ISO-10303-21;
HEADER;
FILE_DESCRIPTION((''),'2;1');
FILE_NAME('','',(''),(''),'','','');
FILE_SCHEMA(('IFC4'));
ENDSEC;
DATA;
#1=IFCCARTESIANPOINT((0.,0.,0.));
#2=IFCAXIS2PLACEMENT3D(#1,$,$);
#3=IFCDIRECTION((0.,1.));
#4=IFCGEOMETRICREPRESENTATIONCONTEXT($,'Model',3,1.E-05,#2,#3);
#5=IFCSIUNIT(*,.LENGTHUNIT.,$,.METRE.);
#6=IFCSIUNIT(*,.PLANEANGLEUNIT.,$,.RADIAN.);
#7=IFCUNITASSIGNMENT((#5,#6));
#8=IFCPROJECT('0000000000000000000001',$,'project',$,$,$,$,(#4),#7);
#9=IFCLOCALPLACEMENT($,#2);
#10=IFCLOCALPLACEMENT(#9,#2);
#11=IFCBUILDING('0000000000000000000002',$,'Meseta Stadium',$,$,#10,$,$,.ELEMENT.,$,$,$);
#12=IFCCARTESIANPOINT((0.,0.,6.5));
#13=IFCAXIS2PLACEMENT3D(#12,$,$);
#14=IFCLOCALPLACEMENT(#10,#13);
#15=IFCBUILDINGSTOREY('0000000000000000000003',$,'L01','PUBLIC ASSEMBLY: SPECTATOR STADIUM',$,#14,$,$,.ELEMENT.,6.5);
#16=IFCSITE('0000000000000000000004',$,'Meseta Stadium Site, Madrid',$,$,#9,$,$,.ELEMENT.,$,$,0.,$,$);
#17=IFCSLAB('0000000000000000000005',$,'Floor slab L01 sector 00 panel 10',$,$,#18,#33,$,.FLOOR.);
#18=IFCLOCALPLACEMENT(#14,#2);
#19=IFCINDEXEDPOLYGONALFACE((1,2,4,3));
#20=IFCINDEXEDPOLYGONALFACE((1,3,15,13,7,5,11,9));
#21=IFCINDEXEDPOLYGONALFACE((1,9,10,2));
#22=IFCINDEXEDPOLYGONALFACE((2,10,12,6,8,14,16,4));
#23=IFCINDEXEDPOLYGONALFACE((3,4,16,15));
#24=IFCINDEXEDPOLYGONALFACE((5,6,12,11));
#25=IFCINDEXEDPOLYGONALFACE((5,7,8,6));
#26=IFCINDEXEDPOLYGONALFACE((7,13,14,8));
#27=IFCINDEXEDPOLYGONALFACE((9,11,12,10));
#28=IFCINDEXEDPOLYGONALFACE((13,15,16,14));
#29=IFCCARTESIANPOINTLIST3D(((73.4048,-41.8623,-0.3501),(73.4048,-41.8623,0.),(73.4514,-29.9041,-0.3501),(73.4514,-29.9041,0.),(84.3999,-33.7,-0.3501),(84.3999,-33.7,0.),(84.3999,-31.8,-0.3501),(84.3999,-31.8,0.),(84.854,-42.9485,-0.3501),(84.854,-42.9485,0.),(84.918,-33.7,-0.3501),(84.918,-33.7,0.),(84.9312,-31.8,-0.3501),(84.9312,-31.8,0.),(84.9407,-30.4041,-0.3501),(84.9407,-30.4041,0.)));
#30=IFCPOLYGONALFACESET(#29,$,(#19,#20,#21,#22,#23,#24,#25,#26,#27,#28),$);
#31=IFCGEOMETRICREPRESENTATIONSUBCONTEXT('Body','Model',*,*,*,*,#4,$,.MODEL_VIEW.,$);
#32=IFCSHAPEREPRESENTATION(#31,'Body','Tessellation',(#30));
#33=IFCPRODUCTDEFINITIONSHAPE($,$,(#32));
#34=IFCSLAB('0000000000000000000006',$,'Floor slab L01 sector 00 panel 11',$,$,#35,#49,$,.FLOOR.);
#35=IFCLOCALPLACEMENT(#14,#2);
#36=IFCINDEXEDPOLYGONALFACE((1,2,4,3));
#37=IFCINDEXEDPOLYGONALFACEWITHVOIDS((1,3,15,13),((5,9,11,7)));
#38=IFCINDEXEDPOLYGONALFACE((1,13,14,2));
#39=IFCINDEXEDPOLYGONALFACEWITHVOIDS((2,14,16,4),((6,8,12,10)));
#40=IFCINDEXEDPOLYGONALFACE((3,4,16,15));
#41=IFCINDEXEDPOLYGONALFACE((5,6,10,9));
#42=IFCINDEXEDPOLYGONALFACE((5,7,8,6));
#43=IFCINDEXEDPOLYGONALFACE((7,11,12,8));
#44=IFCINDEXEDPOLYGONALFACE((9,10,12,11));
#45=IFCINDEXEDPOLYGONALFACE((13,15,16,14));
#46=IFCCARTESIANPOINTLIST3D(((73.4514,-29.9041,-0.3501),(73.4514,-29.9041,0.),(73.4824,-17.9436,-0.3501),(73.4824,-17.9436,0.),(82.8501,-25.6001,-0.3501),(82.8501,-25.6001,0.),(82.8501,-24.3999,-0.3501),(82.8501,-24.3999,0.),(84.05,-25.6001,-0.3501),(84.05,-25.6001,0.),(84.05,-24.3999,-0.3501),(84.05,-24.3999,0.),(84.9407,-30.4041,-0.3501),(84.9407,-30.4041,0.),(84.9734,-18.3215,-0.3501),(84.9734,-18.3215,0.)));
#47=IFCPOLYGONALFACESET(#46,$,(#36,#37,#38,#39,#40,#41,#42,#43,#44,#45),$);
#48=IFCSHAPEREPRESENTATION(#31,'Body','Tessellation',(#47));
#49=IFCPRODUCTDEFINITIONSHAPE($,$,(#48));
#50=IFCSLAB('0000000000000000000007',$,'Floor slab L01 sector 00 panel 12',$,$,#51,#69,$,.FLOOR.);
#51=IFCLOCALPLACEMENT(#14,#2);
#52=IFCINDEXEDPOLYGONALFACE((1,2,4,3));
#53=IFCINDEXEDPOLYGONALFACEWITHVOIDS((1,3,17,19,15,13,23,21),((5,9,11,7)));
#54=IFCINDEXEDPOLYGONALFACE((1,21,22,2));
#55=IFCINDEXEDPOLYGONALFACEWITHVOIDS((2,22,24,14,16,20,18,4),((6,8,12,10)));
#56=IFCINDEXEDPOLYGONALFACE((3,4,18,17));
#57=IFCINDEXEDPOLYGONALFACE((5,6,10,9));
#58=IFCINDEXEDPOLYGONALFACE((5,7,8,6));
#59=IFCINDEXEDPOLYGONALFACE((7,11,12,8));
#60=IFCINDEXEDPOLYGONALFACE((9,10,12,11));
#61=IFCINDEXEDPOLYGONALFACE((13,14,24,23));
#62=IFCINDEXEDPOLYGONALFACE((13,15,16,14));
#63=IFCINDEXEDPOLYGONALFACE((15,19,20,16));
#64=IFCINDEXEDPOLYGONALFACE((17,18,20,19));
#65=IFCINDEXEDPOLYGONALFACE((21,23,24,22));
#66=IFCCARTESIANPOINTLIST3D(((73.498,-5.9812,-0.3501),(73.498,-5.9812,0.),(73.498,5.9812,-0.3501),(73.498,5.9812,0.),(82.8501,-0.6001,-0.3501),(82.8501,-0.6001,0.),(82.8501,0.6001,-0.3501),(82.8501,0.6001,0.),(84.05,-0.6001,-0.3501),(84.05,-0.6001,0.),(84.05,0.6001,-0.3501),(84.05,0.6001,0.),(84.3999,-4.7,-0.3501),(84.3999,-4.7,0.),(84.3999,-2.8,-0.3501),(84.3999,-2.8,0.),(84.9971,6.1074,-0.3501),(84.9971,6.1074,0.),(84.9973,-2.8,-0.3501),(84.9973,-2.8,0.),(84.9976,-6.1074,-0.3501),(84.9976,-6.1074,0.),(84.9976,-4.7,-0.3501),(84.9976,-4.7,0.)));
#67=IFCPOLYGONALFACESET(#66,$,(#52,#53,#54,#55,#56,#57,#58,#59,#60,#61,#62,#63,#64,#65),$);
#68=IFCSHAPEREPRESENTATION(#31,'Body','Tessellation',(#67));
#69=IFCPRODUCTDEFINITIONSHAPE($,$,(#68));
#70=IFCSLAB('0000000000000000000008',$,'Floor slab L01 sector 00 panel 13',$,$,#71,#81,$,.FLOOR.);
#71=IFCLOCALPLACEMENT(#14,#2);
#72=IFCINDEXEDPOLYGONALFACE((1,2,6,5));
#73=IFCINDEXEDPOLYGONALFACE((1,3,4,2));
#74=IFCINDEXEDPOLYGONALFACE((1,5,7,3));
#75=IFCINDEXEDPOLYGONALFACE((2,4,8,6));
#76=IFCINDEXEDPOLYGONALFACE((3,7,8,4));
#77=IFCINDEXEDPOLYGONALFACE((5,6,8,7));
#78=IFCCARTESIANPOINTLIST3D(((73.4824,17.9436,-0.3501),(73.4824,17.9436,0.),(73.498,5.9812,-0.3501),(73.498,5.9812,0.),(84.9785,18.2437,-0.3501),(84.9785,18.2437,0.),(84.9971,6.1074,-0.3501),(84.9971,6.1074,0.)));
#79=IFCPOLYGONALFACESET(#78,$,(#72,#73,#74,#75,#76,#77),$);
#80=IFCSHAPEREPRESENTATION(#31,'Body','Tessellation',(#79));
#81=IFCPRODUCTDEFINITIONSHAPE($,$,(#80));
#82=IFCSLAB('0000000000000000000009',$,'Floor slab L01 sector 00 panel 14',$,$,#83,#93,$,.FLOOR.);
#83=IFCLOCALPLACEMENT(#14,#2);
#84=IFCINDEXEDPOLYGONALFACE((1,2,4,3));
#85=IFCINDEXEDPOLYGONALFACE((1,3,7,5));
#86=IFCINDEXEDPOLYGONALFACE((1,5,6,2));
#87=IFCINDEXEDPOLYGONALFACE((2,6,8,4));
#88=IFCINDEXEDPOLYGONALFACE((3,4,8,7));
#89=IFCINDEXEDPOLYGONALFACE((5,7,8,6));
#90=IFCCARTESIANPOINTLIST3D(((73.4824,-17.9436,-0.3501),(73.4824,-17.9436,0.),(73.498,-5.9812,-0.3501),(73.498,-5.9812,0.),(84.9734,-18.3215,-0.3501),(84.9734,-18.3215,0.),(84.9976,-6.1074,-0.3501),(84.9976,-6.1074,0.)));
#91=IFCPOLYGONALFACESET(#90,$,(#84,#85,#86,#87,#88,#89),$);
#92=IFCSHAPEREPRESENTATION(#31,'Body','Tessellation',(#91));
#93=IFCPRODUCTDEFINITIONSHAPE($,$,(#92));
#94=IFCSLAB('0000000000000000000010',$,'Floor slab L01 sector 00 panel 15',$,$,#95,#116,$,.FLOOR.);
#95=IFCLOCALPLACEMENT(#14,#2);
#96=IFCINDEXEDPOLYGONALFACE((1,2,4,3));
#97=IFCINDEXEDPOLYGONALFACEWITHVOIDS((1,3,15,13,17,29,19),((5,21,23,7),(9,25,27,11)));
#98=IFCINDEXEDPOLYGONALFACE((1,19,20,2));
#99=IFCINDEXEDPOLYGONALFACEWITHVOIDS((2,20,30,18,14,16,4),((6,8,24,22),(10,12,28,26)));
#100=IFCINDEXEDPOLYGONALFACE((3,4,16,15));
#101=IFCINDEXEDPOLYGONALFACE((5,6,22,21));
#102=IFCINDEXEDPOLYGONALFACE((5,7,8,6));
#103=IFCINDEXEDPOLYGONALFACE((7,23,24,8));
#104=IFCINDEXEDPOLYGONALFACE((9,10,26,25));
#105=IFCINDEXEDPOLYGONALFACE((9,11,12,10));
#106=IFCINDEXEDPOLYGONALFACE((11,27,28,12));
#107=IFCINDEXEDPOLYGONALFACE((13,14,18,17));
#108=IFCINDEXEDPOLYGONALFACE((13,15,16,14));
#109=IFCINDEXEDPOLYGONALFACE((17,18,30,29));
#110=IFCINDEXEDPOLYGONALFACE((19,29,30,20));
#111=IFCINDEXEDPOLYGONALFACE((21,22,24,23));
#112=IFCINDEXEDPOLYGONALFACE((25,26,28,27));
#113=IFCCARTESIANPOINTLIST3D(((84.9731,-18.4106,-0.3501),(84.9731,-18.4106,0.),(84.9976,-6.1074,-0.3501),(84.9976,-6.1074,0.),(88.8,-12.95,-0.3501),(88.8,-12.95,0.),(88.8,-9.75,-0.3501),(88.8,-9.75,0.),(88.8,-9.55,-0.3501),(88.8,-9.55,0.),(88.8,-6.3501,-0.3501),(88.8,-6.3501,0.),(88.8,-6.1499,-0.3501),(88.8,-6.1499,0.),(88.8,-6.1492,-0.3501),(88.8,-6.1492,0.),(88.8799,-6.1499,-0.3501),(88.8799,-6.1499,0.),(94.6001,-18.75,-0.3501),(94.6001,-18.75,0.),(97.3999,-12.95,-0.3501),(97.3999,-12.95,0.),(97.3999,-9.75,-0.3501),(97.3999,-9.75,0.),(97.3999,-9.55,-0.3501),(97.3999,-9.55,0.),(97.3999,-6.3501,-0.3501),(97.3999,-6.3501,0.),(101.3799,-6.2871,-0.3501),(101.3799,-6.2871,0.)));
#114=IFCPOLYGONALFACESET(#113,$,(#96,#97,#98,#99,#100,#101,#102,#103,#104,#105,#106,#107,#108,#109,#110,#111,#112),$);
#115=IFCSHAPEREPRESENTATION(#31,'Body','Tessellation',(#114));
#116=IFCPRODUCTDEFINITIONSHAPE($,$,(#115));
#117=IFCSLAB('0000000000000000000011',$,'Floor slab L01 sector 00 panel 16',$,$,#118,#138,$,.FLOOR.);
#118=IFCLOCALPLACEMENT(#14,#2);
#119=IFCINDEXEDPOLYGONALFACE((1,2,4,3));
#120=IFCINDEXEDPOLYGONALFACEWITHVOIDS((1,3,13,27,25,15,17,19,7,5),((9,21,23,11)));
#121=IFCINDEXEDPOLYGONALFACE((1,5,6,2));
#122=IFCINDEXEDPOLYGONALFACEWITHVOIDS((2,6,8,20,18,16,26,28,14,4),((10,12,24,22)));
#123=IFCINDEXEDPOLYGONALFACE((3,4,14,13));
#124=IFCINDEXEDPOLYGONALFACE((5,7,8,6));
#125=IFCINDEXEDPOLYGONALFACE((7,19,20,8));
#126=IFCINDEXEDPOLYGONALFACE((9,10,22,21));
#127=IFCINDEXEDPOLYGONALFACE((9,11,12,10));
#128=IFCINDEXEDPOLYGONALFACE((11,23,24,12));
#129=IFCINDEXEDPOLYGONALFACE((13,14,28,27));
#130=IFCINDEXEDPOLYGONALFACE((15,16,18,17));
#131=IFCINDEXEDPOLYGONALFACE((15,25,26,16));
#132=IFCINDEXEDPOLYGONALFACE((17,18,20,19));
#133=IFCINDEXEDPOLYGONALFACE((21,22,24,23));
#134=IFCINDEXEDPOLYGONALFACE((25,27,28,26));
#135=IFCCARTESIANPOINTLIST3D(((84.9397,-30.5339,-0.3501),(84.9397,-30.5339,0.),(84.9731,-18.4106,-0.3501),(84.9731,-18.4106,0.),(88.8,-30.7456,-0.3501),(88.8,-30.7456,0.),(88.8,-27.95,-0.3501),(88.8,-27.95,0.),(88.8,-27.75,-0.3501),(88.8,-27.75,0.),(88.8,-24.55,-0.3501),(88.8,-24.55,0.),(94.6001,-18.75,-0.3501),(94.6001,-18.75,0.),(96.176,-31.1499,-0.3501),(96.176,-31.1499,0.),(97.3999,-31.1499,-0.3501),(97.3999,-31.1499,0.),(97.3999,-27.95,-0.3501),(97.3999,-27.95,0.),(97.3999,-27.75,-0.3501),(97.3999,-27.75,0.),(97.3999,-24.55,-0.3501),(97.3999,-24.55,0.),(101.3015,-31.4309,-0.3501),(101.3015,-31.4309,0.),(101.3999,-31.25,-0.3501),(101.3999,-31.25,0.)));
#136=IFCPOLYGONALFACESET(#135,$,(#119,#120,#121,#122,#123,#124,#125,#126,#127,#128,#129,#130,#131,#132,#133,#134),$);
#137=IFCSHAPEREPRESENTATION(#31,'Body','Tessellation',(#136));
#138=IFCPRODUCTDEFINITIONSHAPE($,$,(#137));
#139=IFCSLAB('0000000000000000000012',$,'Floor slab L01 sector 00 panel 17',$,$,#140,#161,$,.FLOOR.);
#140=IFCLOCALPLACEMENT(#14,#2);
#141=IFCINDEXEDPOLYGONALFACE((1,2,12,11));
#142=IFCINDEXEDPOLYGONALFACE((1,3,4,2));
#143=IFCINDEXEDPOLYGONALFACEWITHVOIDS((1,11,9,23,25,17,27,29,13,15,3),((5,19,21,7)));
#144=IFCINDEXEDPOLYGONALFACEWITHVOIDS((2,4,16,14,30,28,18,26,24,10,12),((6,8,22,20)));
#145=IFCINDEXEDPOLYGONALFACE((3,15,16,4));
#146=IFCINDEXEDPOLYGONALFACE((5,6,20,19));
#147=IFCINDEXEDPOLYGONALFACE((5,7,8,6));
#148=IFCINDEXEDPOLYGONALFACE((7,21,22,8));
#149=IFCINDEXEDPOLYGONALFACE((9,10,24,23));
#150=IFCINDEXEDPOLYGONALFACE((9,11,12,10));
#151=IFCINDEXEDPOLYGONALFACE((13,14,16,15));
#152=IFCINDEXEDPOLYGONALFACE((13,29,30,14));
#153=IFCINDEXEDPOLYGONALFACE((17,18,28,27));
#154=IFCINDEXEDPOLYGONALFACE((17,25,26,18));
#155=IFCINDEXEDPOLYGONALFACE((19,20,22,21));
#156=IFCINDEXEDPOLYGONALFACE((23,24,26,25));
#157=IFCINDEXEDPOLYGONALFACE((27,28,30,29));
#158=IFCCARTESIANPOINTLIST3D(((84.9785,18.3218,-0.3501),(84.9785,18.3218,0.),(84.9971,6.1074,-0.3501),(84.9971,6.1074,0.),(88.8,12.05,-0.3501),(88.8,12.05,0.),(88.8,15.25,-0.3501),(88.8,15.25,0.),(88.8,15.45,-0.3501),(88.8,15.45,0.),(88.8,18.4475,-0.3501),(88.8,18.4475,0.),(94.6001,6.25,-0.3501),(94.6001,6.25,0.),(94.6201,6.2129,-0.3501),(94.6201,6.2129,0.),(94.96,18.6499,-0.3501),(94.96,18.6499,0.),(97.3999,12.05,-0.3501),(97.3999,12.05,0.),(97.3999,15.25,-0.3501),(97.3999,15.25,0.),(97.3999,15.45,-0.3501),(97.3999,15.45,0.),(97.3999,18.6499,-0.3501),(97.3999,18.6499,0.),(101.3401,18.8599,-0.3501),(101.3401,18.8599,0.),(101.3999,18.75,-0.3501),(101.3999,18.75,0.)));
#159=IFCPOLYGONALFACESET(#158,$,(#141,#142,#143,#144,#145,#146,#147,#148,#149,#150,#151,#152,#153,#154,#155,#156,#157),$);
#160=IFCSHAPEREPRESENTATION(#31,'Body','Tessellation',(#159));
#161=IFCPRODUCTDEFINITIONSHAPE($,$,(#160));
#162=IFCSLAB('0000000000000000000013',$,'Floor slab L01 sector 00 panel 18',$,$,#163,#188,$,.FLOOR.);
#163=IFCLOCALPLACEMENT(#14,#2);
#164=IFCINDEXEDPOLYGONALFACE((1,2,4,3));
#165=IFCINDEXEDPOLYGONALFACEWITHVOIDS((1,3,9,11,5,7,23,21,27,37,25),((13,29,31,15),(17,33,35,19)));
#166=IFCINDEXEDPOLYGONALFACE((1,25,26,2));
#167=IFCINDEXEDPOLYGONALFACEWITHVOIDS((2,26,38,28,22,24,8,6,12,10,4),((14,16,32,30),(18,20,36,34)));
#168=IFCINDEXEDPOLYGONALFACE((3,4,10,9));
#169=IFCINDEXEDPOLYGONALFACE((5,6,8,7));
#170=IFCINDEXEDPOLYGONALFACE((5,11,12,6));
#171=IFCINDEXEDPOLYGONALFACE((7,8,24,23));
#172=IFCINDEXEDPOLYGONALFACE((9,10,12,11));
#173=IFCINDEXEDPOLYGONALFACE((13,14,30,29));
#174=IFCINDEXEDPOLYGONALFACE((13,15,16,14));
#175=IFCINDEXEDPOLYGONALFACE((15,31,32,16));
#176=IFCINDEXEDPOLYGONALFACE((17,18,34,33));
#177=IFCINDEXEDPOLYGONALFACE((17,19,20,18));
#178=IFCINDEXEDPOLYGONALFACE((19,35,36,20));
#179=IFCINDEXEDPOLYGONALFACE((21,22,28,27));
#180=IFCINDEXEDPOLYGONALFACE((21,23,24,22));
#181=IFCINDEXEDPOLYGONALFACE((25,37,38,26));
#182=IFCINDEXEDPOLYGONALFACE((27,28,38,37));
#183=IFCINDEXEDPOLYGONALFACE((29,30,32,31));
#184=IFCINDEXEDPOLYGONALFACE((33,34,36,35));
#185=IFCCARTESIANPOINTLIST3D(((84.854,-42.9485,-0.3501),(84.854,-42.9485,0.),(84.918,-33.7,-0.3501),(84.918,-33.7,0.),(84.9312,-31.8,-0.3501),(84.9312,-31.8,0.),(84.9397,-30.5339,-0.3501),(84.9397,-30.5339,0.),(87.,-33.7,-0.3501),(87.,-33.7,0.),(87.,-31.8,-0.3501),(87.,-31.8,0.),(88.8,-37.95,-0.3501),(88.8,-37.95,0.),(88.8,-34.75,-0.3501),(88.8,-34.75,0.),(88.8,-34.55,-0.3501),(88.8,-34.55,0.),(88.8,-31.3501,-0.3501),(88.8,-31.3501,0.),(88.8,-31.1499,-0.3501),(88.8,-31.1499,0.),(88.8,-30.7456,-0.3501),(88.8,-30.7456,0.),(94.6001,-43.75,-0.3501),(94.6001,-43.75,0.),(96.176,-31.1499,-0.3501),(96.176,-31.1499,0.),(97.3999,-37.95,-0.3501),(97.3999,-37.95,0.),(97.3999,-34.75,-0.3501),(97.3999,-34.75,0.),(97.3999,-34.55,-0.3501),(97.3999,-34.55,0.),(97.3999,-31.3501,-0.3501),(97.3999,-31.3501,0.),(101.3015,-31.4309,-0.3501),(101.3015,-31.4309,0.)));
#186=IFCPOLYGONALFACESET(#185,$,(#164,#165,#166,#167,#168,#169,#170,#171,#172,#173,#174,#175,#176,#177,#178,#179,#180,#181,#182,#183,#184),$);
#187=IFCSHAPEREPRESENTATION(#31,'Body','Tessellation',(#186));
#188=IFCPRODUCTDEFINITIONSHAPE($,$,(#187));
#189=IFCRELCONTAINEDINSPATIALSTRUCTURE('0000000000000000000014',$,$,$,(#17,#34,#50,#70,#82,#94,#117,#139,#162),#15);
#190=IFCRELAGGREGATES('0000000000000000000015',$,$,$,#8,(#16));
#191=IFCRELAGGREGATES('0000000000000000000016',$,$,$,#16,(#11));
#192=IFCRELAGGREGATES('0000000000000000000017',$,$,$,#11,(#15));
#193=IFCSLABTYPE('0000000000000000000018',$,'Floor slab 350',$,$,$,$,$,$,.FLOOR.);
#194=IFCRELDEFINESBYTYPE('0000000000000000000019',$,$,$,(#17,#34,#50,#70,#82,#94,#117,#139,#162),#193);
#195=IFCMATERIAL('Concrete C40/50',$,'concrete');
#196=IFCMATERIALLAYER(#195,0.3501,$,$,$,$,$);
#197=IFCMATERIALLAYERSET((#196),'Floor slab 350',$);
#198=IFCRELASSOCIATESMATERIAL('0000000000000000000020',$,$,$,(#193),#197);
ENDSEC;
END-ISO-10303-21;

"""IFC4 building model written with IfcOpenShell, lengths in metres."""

from ifc_helpers import new_model, si_unit, direction, frame, origin, place, context, subcontext, project, spatial, polyline, outline, extrude, material, layer, layer_set, type_object, element, save


model = new_model("IFC4")

# Units and contexts
model_context = context("Model", 3, precision=1e-05, world=origin(), true_north=direction((0.0, 1.0)))
body_context = subcontext(model_context, "Body", "Model", "MODEL_VIEW")
ifc_project = project(units=[si_unit("LENGTHUNIT", "METRE"), si_unit("PLANEANGLEUNIT", "RADIAN")], contexts=[model_context])

# Site, building, storey
site_placement = place(None, origin())
site = spatial("IfcSite", under=ifc_project, at=site_placement, Name="Meseta Stadium Site, Madrid", CompositionType="ELEMENT", RefElevation=0.0)
building_placement = place(site_placement, origin())
building = spatial("IfcBuilding", under=site, at=building_placement, Name="Meseta Stadium", CompositionType="ELEMENT")
storey_placement = place(building_placement, frame((0.0, 0.0, 6.5)))
storey = spatial("IfcBuildingStorey", under=building, at=storey_placement, Name="L01", Description="PUBLIC ASSEMBLY: SPECTATOR STADIUM", CompositionType="ELEMENT", Elevation=6.5)

# Slabs
ifc_material = material(Name="Concrete C40/50", Category="concrete")
ifc_layer = layer(ifc_material, 0.3501)
ifc_layer_set = layer_set([ifc_layer], Name="Floor slab 350")
slab_type = type_object("IfcSlabType", Name="Floor slab 350", PredefinedType="FLOOR", material=ifc_layer_set)
slab_1_placement = place(storey_placement, frame((0.0, 0.0, -0.3501)))
element("IfcSlab", 1, at=slab_1_placement, inside=storey, type_object=slab_type, Name="Floor slab L01 sector 00 panel 10", PredefinedType="FLOOR", context=body_context, shape_type="SweptSolid", body=[
    extrude(outline(polyline([(84.9407, -30.4041), (73.4514, -29.9041), (73.4048, -41.8623), (84.854, -42.9485), (84.918, -33.7), (84.3999, -33.7), (84.3999, -31.8), (84.9312, -31.8), (84.9407, -30.4041)])), origin(), (0.0, 0.0, 1.0), 0.3501),
])
slab_2_placement = place(storey_placement, frame((0.0, 0.0, -0.3501)))
element("IfcSlab", 2, at=slab_2_placement, inside=storey, type_object=slab_type, Name="Floor slab L01 sector 00 panel 11", PredefinedType="FLOOR", context=body_context, shape_type="SweptSolid", body=[
    extrude(outline(polyline([(73.4514, -29.9041), (84.9407, -30.4041), (84.9734, -18.3215), (73.4824, -17.9436), (73.4514, -29.9041)]), holes=[polyline([(82.8501, -25.6001), (82.8501, -24.3999), (84.05, -24.3999), (84.05, -25.6001), (82.8501, -25.6001)])]), origin(), (0.0, 0.0, 1.0), 0.3501),
])
slab_3_placement = place(storey_placement, frame((0.0, 0.0, -0.3501)))
element("IfcSlab", 3, at=slab_3_placement, inside=storey, type_object=slab_type, Name="Floor slab L01 sector 00 panel 12", PredefinedType="FLOOR", context=body_context, shape_type="SweptSolid", body=[
    extrude(outline(polyline([(84.9976, -6.1074), (84.9976, -4.7), (84.3999, -4.7), (84.3999, -2.8), (84.9973, -2.8), (84.9971, 6.1074), (73.498, 5.9812), (73.498, -5.9812), (84.9976, -6.1074)]), holes=[polyline([(82.8501, 0.6001), (84.05, 0.6001), (84.05, -0.6001), (82.8501, -0.6001), (82.8501, 0.6001)])]), origin(), (0.0, 0.0, 1.0), 0.3501),
])
slab_4_placement = place(storey_placement, frame((0.0, 0.0, -0.3501)))
element("IfcSlab", 4, at=slab_4_placement, inside=storey, type_object=slab_type, Name="Floor slab L01 sector 00 panel 13", PredefinedType="FLOOR", context=body_context, shape_type="SweptSolid", body=[
    extrude(outline(polyline([(84.9971, 6.1074), (84.9785, 18.2437), (73.4824, 17.9436), (73.498, 5.9812), (84.9971, 6.1074)])), origin(), (0.0, 0.0, 1.0), 0.3501),
])
slab_5_placement = place(storey_placement, frame((0.0, 0.0, -0.3501)))
element("IfcSlab", 5, at=slab_5_placement, inside=storey, type_object=slab_type, Name="Floor slab L01 sector 00 panel 14", PredefinedType="FLOOR", context=body_context, shape_type="SweptSolid", body=[
    extrude(outline(polyline([(84.9976, -6.1074), (73.498, -5.9812), (73.4824, -17.9436), (84.9734, -18.3215), (84.9976, -6.1074)])), origin(), (0.0, 0.0, 1.0), 0.3501),
])
slab_6_placement = place(storey_placement, frame((0.0, 0.0, -0.3501)))
element("IfcSlab", 6, at=slab_6_placement, inside=storey, type_object=slab_type, Name="Floor slab L01 sector 00 panel 15", PredefinedType="FLOOR", context=body_context, shape_type="SweptSolid", body=[
    extrude(outline(polyline([(84.9976, -6.1074), (84.9731, -18.4106), (94.6001, -18.75), (101.3799, -6.2871), (88.8799, -6.1499), (88.8, -6.1499), (88.8, -6.1492), (84.9976, -6.1074)]), holes=[polyline([(88.8, -9.75), (97.3999, -9.75), (97.3999, -12.95), (88.8, -12.95), (88.8, -9.75)]), polyline([(97.3999, -6.3501), (97.3999, -9.55), (88.8, -9.55), (88.8, -6.3501), (97.3999, -6.3501)])]), origin(), (0.0, 0.0, 1.0), 0.3501),
])
slab_7_placement = place(storey_placement, frame((0.0, 0.0, -0.3501)))
element("IfcSlab", 7, at=slab_7_placement, inside=storey, type_object=slab_type, Name="Floor slab L01 sector 00 panel 16", PredefinedType="FLOOR", context=body_context, shape_type="SweptSolid", body=[
    extrude(outline(polyline([(96.176, -31.1499), (101.3015, -31.4309), (101.3999, -31.25), (94.6001, -18.75), (84.9731, -18.4106), (84.9397, -30.5339), (88.8, -30.7456), (88.8, -27.95), (97.3999, -27.95), (97.3999, -31.1499), (96.176, -31.1499)]), holes=[polyline([(97.3999, -27.75), (88.8, -27.75), (88.8, -24.55), (97.3999, -24.55), (97.3999, -27.75)])]), origin(), (0.0, 0.0, 1.0), 0.3501),
])
slab_8_placement = place(storey_placement, frame((0.0, 0.0, -0.3501)))
element("IfcSlab", 8, at=slab_8_placement, inside=storey, type_object=slab_type, Name="Floor slab L01 sector 00 panel 17", PredefinedType="FLOOR", context=body_context, shape_type="SweptSolid", body=[
    extrude(outline(polyline([(84.9971, 6.1074), (94.6201, 6.2129), (94.6001, 6.25), (101.3999, 18.75), (101.3401, 18.8599), (94.96, 18.6499), (97.3999, 18.6499), (97.3999, 15.45), (88.8, 15.45), (88.8, 18.4475), (84.9785, 18.3218), (84.9971, 6.1074)]), holes=[polyline([(97.3999, 12.05), (88.8, 12.05), (88.8, 15.25), (97.3999, 15.25), (97.3999, 12.05)])]), origin(), (0.0, 0.0, 1.0), 0.3501),
])
slab_9_placement = place(storey_placement, frame((0.0, 0.0, -0.3501)))
element("IfcSlab", 9, at=slab_9_placement, inside=storey, type_object=slab_type, Name="Floor slab L01 sector 00 panel 18", PredefinedType="FLOOR", context=body_context, shape_type="SweptSolid", body=[
    extrude(outline(polyline([(84.918, -33.7), (84.854, -42.9485), (94.6001, -43.75), (101.3015, -31.4309), (96.176, -31.1499), (88.8, -31.1499), (88.8, -30.7456), (84.9397, -30.5339), (84.9312, -31.8), (87.0, -31.8), (87.0, -33.7), (84.918, -33.7)]), holes=[polyline([(88.8, -34.75), (97.3999, -34.75), (97.3999, -37.95), (88.8, -37.95), (88.8, -34.75)]), polyline([(88.8, -31.3501), (97.3999, -31.3501), (97.3999, -34.55), (88.8, -34.55), (88.8, -31.3501)])]), origin(), (0.0, 0.0, 1.0), 0.3501),
])

save(model, "model.ifc")
